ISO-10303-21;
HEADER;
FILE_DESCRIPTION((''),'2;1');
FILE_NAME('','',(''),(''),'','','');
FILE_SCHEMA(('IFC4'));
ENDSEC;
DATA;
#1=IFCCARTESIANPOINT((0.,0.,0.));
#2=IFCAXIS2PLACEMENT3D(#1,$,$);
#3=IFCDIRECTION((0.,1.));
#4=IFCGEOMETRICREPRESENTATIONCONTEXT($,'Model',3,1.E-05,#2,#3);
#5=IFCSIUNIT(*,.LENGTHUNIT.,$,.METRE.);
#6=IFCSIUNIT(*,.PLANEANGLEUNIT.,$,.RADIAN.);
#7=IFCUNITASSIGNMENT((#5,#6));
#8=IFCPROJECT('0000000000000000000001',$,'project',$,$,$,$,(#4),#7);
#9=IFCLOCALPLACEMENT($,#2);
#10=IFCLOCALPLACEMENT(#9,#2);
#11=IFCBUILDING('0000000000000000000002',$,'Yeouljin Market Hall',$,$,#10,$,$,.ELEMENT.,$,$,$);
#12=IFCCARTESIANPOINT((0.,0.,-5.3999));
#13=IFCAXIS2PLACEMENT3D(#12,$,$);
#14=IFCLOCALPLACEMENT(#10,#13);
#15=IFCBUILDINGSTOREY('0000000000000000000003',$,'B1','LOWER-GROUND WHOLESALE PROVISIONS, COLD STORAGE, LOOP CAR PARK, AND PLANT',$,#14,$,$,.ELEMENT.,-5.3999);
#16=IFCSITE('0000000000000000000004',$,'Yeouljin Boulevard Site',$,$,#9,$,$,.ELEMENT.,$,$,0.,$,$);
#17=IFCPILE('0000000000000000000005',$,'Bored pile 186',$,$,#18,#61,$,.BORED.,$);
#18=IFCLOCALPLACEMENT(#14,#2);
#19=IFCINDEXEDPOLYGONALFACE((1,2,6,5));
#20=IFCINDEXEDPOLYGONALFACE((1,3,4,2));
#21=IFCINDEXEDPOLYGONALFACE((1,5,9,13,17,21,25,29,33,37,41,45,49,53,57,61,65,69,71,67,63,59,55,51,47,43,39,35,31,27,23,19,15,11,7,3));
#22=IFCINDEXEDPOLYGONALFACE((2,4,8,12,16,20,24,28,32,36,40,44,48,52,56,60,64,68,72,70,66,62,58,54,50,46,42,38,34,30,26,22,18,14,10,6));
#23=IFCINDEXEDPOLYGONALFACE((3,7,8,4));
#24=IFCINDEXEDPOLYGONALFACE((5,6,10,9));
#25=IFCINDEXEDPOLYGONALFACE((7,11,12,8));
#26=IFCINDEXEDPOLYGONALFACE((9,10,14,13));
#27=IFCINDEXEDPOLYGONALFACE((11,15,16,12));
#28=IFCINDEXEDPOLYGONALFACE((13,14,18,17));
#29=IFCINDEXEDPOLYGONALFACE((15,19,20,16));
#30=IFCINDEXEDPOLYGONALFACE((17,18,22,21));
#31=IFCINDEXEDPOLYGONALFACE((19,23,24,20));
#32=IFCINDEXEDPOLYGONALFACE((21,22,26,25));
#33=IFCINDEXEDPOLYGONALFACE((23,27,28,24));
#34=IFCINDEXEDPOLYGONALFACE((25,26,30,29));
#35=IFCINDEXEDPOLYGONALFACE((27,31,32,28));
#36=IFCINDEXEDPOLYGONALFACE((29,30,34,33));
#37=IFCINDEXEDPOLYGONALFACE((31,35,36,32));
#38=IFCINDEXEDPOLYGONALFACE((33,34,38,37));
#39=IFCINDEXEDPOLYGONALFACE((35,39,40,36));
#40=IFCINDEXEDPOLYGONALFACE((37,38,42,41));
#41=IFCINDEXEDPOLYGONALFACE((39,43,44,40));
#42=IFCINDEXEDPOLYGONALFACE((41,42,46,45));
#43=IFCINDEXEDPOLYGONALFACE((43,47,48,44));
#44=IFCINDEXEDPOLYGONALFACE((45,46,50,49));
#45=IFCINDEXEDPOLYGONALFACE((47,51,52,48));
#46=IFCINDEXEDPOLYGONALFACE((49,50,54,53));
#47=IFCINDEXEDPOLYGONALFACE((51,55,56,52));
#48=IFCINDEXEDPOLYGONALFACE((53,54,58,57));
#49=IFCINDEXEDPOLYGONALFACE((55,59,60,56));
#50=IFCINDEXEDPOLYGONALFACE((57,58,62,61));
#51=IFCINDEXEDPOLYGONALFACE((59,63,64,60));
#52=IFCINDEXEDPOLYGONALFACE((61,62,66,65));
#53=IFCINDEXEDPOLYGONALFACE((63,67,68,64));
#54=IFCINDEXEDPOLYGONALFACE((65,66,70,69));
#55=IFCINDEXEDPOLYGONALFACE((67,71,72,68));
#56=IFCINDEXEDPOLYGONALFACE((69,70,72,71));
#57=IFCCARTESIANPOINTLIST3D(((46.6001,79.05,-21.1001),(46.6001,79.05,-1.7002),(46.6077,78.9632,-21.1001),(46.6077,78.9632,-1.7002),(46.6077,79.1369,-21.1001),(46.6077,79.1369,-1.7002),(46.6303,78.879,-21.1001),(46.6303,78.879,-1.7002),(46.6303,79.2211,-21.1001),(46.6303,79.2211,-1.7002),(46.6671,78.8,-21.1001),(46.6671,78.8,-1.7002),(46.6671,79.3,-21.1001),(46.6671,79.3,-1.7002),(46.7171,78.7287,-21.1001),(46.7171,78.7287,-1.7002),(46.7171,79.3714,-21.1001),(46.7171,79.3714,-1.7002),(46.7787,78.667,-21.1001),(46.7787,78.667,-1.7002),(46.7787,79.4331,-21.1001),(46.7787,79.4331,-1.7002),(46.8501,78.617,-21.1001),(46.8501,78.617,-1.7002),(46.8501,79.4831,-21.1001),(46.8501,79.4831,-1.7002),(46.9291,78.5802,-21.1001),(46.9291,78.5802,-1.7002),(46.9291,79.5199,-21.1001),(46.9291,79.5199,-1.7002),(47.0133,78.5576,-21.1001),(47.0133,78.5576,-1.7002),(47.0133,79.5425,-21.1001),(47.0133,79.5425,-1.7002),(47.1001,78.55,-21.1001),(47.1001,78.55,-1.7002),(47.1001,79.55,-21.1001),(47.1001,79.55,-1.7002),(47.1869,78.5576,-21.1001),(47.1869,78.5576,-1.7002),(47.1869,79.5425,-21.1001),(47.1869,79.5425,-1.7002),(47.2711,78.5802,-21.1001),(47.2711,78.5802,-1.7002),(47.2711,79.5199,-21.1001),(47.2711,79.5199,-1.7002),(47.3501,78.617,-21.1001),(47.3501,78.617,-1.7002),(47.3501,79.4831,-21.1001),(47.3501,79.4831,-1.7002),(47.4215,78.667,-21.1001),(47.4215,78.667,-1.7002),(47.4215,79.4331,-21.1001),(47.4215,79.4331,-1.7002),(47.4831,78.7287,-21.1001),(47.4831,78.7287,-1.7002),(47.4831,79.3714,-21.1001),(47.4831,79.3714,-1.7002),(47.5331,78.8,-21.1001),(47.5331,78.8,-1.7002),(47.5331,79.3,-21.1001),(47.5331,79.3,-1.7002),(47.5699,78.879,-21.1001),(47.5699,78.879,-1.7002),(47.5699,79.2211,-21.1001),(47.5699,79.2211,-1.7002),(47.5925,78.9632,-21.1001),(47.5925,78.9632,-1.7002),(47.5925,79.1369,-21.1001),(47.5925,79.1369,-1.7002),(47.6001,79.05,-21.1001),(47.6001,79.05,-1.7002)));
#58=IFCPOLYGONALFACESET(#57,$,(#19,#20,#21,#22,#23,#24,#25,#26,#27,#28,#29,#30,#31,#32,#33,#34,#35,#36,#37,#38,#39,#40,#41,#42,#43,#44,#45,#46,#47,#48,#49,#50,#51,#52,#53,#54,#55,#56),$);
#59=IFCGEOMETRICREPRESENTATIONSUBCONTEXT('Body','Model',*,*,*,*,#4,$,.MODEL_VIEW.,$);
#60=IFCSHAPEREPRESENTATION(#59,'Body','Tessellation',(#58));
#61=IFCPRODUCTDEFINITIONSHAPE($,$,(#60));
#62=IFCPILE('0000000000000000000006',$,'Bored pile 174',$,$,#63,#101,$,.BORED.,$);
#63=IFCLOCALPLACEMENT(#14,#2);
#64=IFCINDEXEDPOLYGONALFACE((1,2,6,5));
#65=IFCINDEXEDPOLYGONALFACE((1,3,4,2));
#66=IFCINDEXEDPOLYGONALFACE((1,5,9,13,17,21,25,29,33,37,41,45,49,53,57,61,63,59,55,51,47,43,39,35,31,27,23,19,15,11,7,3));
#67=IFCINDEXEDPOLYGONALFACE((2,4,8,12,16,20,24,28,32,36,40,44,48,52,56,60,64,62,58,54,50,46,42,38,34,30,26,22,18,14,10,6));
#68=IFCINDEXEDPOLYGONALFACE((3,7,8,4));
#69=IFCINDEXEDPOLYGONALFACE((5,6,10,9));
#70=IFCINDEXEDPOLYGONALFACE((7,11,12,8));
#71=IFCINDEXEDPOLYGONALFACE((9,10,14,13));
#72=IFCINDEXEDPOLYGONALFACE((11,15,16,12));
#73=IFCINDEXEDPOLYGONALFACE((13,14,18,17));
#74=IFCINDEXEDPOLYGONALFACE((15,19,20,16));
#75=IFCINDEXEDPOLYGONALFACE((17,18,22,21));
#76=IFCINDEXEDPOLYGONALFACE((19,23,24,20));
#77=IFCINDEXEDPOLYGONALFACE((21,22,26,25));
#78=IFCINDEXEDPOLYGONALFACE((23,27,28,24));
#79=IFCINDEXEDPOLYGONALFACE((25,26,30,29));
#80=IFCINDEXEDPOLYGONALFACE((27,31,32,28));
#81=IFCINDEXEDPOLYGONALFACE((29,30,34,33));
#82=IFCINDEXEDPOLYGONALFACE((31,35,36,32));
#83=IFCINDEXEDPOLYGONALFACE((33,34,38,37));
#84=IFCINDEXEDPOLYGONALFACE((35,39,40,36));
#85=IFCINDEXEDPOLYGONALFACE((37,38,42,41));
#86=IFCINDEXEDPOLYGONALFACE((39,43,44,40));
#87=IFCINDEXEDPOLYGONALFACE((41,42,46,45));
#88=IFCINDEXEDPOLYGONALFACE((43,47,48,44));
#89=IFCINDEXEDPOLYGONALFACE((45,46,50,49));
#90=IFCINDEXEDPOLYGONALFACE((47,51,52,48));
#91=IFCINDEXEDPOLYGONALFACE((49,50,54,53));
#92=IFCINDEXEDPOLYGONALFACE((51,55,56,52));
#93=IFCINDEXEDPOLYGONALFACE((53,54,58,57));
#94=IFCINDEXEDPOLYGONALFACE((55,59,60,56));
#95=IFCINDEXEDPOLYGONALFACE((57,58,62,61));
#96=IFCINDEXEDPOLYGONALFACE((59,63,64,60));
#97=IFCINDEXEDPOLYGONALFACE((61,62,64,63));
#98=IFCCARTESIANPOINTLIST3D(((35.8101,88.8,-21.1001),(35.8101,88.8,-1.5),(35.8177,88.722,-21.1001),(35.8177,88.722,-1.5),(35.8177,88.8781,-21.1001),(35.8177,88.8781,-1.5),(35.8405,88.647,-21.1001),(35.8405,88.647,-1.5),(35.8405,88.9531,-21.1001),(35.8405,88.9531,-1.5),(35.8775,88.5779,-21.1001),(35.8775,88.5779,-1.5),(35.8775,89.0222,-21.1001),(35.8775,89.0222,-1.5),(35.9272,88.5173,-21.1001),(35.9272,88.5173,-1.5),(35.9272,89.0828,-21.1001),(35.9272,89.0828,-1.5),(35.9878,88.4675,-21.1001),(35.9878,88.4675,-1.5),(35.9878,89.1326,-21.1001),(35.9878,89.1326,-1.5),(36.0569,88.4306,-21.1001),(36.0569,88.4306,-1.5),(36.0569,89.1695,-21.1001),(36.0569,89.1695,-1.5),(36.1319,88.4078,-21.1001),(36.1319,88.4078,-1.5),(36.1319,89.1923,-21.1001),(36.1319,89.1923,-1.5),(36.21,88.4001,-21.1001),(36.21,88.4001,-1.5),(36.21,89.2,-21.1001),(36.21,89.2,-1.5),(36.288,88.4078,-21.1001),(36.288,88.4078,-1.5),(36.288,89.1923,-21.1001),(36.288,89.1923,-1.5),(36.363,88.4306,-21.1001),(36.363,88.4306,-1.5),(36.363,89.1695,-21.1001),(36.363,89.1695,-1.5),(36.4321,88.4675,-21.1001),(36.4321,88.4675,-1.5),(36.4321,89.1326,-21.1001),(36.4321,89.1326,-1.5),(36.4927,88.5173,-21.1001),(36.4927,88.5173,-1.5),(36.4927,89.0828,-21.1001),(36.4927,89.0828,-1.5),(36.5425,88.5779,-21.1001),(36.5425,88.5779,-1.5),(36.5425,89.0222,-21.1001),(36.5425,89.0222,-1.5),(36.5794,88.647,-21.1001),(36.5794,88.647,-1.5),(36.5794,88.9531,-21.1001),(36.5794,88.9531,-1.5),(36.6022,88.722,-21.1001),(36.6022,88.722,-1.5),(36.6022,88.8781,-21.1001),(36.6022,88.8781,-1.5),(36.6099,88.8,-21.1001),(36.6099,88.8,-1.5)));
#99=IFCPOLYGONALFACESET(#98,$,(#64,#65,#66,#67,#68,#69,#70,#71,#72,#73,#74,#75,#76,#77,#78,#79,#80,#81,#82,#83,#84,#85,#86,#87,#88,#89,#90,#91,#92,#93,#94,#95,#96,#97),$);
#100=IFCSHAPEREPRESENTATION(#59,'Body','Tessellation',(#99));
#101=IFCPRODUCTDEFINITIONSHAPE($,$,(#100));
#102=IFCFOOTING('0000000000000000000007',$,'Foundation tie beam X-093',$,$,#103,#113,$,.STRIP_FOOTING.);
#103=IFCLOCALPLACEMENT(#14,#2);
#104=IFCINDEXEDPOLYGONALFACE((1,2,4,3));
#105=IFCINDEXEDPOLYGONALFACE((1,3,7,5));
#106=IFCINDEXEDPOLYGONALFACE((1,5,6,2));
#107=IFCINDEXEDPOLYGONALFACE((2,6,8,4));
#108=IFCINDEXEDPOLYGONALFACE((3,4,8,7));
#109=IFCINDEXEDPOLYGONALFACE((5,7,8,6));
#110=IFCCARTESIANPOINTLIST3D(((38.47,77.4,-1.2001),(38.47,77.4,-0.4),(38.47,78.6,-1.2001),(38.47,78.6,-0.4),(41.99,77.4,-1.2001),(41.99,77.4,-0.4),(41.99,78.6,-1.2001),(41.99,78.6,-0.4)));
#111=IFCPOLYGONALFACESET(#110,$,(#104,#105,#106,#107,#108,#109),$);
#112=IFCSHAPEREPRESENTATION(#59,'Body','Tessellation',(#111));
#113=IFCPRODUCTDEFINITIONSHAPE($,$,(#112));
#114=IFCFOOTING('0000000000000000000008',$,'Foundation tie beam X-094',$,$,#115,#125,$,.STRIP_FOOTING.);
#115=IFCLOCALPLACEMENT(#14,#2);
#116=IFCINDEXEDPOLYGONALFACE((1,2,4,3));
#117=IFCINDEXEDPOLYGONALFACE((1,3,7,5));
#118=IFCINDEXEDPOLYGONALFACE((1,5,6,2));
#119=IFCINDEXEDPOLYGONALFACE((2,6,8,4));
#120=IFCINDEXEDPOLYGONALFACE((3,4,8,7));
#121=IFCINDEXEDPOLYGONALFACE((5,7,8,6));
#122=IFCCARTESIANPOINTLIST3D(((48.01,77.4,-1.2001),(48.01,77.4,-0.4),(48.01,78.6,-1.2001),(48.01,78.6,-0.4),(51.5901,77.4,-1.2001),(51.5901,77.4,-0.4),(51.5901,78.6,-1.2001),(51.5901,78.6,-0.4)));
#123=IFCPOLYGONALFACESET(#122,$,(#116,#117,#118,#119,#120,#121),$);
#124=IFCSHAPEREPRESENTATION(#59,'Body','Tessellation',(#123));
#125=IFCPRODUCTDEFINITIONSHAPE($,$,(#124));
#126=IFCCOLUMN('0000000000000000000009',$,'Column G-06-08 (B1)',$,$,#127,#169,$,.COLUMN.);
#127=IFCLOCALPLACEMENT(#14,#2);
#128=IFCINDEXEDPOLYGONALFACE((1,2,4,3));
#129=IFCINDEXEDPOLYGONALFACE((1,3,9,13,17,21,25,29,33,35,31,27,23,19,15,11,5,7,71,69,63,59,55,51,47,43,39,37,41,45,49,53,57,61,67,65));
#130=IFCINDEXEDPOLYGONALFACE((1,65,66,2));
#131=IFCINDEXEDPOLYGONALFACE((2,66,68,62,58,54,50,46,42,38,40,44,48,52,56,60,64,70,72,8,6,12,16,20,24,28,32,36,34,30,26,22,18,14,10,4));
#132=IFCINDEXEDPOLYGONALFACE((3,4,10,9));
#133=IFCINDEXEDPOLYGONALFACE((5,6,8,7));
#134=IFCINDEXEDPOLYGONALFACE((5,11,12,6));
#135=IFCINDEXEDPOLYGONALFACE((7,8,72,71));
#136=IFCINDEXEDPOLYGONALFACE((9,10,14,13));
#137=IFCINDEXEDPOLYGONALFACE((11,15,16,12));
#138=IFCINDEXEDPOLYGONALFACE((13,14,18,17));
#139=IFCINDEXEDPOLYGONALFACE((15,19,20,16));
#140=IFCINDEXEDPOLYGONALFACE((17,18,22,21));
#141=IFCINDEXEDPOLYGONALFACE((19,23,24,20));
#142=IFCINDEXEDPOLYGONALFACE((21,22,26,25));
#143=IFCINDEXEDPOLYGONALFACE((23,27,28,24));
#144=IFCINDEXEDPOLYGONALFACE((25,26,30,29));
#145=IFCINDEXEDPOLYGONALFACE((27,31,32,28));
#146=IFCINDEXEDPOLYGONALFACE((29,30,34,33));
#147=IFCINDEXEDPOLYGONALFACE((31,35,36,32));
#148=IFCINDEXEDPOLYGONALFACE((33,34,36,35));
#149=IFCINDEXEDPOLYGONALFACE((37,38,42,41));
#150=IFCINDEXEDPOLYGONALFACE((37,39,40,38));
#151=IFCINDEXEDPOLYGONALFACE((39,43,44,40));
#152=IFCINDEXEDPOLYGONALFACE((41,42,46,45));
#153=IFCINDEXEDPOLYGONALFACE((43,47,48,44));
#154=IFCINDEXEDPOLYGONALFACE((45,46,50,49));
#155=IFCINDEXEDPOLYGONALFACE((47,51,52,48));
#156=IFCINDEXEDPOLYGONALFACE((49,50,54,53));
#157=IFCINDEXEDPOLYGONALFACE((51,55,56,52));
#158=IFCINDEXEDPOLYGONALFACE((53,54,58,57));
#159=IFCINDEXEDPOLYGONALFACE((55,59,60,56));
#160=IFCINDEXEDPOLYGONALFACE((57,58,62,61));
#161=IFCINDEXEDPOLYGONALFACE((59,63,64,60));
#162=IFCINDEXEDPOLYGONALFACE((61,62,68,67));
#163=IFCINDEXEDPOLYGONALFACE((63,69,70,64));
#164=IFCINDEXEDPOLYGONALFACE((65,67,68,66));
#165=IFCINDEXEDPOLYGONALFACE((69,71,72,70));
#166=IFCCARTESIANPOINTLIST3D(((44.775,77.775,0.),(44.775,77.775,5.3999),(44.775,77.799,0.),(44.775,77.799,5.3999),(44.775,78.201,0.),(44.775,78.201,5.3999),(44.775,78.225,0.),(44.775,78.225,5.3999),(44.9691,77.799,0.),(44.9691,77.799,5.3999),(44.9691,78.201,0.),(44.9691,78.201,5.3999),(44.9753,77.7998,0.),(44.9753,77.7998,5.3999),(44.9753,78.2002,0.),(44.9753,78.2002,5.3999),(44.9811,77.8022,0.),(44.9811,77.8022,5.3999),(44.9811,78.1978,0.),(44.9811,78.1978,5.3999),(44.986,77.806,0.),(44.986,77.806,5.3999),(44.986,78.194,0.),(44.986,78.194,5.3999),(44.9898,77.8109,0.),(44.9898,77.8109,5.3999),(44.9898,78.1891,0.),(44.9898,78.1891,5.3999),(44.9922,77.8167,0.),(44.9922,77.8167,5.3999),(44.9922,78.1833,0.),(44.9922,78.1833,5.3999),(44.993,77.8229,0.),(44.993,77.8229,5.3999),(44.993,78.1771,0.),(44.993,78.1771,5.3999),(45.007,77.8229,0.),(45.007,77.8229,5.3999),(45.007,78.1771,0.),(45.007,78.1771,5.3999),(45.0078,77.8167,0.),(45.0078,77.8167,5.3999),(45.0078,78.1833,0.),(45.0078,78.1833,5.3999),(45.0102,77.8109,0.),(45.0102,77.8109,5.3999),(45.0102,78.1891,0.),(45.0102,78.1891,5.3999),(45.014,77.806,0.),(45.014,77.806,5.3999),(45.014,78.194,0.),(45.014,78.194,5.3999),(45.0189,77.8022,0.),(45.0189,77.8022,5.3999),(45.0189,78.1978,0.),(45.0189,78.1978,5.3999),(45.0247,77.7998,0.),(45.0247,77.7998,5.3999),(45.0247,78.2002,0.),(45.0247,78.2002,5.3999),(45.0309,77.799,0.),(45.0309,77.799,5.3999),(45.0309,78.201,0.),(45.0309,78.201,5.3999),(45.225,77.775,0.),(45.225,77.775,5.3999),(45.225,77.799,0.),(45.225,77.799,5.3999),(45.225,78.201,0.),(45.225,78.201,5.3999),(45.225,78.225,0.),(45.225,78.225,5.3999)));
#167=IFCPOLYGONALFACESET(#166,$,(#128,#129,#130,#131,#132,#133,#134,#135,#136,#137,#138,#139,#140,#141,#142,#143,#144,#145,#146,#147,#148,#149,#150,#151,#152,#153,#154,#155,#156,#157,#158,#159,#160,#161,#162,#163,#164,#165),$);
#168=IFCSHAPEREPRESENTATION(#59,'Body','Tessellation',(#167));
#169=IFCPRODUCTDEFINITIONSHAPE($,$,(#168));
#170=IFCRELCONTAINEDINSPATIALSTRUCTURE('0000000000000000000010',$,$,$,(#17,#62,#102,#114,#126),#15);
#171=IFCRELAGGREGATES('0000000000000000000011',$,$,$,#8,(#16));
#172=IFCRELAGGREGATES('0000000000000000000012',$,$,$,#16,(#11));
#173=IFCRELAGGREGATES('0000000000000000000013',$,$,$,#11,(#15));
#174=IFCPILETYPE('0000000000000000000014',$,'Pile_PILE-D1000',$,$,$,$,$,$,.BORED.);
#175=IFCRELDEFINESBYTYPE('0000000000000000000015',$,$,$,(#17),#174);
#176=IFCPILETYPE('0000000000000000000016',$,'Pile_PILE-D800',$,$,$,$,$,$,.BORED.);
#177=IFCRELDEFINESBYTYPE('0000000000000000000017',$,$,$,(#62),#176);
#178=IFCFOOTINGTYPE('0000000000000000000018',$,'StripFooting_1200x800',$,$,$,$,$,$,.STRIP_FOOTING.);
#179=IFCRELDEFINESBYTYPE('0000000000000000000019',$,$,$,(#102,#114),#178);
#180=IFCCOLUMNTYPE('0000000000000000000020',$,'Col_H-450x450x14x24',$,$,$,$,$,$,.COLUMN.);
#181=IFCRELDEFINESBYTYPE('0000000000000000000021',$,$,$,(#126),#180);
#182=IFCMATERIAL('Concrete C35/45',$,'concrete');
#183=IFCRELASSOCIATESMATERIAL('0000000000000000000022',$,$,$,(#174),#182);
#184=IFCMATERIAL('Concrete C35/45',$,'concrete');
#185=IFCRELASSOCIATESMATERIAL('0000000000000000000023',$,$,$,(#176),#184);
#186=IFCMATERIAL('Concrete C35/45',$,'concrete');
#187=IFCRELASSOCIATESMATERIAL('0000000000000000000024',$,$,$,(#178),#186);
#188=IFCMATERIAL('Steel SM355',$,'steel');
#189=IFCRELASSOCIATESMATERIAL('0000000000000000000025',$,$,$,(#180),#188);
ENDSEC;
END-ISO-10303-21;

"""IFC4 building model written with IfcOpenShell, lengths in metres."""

from ifc_helpers import new_model, si_unit, direction, frame, origin, origin_2d, place, context, subcontext, project, spatial, rectangle, circle, i_section, extrude, material, material_profile, profile_set, type_object, element, save


model = new_model("IFC4")

# Units and contexts
model_context = context("Model", 3, precision=1e-05, world=origin(), true_north=direction((0.0, 1.0)))
body_context = subcontext(model_context, "Body", "Model", "MODEL_VIEW")
ifc_project = project(units=[si_unit("LENGTHUNIT", "METRE"), si_unit("PLANEANGLEUNIT", "RADIAN")], contexts=[model_context])

# Site, building, storey
site_placement = place(None, origin())
site = spatial("IfcSite", under=ifc_project, at=site_placement, Name="Yeouljin Boulevard Site", CompositionType="ELEMENT", RefElevation=0.0)
building_placement = place(site_placement, origin())
building = spatial("IfcBuilding", under=site, at=building_placement, Name="Yeouljin Market Hall", CompositionType="ELEMENT")
storey_placement = place(building_placement, frame((0.0, 0.0, -5.3999)))
storey = spatial("IfcBuildingStorey", under=building, at=storey_placement, Name="B1", Description="LOWER-GROUND WHOLESALE PROVISIONS, COLD STORAGE, LOOP CAR PARK, AND PLANT", CompositionType="ELEMENT", Elevation=-5.3999)

# Piles
ifc_material_1 = material(Name="Concrete C35/45", Category="concrete")
ifc_material_profile_1 = material_profile(ifc_material_1, circle(Radius=0.5, at=origin_2d()), Name="PILE-D1000")
ifc_profile_set_1 = profile_set([ifc_material_profile_1], Name="Concrete C35/45")
pile_type_1 = type_object("IfcPileType", Name="Pile_PILE-D1000", PredefinedType="BORED", material=ifc_profile_set_1)
for number, where, z_axis, x_axis, name in (
    (1, (47.1001, 79.05, -1.7002), (0.0, 0.0, -1.0), (1.0, 0.0, 0.0), "Bored pile 186"),
):
    element("IfcPile", number, at=place(storey_placement, frame(where, z_axis=z_axis, x_axis=x_axis)), inside=storey, type_object=pile_type_1, Name=name, PredefinedType="BORED", context=body_context, shape_type="SweptSolid", body=[
        extrude(circle(Radius=0.5, at=origin_2d()), origin(), (0.0, 0.0, 1.0), 19.3999),
    ])
ifc_material_2 = material(Name="Concrete C35/45", Category="concrete")
ifc_material_profile_2 = material_profile(ifc_material_2, circle(Radius=0.3999, at=origin_2d()), Name="PILE-D800")
ifc_profile_set_2 = profile_set([ifc_material_profile_2], Name="Concrete C35/45")
pile_type_2 = type_object("IfcPileType", Name="Pile_PILE-D800", PredefinedType="BORED", material=ifc_profile_set_2)
pile_placement = place(storey_placement, frame((36.21, 88.8, -1.5), z_axis=(0.0, 0.0, -1.0), x_axis=(1.0, 0.0, 0.0)))
element("IfcPile", 2, at=pile_placement, inside=storey, type_object=pile_type_2, Name="Bored pile 174", PredefinedType="BORED", context=body_context, shape_type="SweptSolid", body=[
    extrude(circle(Radius=0.3999, at=origin_2d()), origin(), (0.0, 0.0, 1.0), 19.6001),
])

# Footings
ifc_material_3 = material(Name="Concrete C35/45", Category="concrete")
ifc_material_profile_3 = material_profile(ifc_material_3, rectangle(XDim=1.2, YDim=0.8, at=origin_2d()), Name="SF-1200x800")
ifc_profile_set_3 = profile_set([ifc_material_profile_3], Name="Concrete C35/45")
footing_type_1 = type_object("IfcFootingType", Name="StripFooting_1200x800", PredefinedType="STRIP_FOOTING", material=ifc_profile_set_3)
footing_1_placement = place(storey_placement, frame((38.47, 78.0, -0.8), z_axis=(1.0, 0.0, 0.0), x_axis=(0.0, 1.0, 0.0)))
element("IfcFooting", 3, at=footing_1_placement, inside=storey, type_object=footing_type_1, Name="Foundation tie beam X-093", PredefinedType="STRIP_FOOTING", context=body_context, shape_type="SweptSolid", body=[
    extrude(rectangle(XDim=1.2, YDim=0.8, at=origin_2d()), origin(), (0.0, 0.0, 1.0), 3.52),
])
footing_2_placement = place(storey_placement, frame((48.01, 78.0, -0.8), z_axis=(1.0, 0.0, 0.0), x_axis=(0.0, 1.0, 0.0)))
element("IfcFooting", 4, at=footing_2_placement, inside=storey, type_object=footing_type_1, Name="Foundation tie beam X-094", PredefinedType="STRIP_FOOTING", context=body_context, shape_type="SweptSolid", body=[
    extrude(rectangle(XDim=1.2, YDim=0.8, at=origin_2d()), origin(), (0.0, 0.0, 1.0), 3.5801),
])

# Column
ifc_material_4 = material(Name="Steel SM355", Category="steel")
ifc_material_profile_4 = material_profile(ifc_material_4, i_section(OverallWidth=0.45, OverallDepth=0.45, WebThickness=0.0139, FlangeThickness=0.0239, FilletRadius=0.0239, at=origin_2d()), Name="H-450x450x14x24")
ifc_profile_set_4 = profile_set([ifc_material_profile_4], Name="Steel SM355")
column_type_1 = type_object("IfcColumnType", Name="Col_H-450x450x14x24", PredefinedType="COLUMN", material=ifc_profile_set_4)
column_1_placement = place(storey_placement, frame((45.0, 78.0, 0.0), z_axis=(0.0, 0.0, 1.0), x_axis=(1.0, 0.0, 0.0)))
element("IfcColumn", 5, at=column_1_placement, inside=storey, type_object=column_type_1, Name="Column G-06-08 (B1)", PredefinedType="COLUMN", context=body_context, shape_type="SweptSolid", body=[
    extrude(i_section(OverallWidth=0.45, OverallDepth=0.45, WebThickness=0.0139, FlangeThickness=0.0239, FilletRadius=0.0239, at=origin_2d()), origin(), (0.0, 0.0, 1.0), 5.3999),
])

save(model, "model.ifc")
